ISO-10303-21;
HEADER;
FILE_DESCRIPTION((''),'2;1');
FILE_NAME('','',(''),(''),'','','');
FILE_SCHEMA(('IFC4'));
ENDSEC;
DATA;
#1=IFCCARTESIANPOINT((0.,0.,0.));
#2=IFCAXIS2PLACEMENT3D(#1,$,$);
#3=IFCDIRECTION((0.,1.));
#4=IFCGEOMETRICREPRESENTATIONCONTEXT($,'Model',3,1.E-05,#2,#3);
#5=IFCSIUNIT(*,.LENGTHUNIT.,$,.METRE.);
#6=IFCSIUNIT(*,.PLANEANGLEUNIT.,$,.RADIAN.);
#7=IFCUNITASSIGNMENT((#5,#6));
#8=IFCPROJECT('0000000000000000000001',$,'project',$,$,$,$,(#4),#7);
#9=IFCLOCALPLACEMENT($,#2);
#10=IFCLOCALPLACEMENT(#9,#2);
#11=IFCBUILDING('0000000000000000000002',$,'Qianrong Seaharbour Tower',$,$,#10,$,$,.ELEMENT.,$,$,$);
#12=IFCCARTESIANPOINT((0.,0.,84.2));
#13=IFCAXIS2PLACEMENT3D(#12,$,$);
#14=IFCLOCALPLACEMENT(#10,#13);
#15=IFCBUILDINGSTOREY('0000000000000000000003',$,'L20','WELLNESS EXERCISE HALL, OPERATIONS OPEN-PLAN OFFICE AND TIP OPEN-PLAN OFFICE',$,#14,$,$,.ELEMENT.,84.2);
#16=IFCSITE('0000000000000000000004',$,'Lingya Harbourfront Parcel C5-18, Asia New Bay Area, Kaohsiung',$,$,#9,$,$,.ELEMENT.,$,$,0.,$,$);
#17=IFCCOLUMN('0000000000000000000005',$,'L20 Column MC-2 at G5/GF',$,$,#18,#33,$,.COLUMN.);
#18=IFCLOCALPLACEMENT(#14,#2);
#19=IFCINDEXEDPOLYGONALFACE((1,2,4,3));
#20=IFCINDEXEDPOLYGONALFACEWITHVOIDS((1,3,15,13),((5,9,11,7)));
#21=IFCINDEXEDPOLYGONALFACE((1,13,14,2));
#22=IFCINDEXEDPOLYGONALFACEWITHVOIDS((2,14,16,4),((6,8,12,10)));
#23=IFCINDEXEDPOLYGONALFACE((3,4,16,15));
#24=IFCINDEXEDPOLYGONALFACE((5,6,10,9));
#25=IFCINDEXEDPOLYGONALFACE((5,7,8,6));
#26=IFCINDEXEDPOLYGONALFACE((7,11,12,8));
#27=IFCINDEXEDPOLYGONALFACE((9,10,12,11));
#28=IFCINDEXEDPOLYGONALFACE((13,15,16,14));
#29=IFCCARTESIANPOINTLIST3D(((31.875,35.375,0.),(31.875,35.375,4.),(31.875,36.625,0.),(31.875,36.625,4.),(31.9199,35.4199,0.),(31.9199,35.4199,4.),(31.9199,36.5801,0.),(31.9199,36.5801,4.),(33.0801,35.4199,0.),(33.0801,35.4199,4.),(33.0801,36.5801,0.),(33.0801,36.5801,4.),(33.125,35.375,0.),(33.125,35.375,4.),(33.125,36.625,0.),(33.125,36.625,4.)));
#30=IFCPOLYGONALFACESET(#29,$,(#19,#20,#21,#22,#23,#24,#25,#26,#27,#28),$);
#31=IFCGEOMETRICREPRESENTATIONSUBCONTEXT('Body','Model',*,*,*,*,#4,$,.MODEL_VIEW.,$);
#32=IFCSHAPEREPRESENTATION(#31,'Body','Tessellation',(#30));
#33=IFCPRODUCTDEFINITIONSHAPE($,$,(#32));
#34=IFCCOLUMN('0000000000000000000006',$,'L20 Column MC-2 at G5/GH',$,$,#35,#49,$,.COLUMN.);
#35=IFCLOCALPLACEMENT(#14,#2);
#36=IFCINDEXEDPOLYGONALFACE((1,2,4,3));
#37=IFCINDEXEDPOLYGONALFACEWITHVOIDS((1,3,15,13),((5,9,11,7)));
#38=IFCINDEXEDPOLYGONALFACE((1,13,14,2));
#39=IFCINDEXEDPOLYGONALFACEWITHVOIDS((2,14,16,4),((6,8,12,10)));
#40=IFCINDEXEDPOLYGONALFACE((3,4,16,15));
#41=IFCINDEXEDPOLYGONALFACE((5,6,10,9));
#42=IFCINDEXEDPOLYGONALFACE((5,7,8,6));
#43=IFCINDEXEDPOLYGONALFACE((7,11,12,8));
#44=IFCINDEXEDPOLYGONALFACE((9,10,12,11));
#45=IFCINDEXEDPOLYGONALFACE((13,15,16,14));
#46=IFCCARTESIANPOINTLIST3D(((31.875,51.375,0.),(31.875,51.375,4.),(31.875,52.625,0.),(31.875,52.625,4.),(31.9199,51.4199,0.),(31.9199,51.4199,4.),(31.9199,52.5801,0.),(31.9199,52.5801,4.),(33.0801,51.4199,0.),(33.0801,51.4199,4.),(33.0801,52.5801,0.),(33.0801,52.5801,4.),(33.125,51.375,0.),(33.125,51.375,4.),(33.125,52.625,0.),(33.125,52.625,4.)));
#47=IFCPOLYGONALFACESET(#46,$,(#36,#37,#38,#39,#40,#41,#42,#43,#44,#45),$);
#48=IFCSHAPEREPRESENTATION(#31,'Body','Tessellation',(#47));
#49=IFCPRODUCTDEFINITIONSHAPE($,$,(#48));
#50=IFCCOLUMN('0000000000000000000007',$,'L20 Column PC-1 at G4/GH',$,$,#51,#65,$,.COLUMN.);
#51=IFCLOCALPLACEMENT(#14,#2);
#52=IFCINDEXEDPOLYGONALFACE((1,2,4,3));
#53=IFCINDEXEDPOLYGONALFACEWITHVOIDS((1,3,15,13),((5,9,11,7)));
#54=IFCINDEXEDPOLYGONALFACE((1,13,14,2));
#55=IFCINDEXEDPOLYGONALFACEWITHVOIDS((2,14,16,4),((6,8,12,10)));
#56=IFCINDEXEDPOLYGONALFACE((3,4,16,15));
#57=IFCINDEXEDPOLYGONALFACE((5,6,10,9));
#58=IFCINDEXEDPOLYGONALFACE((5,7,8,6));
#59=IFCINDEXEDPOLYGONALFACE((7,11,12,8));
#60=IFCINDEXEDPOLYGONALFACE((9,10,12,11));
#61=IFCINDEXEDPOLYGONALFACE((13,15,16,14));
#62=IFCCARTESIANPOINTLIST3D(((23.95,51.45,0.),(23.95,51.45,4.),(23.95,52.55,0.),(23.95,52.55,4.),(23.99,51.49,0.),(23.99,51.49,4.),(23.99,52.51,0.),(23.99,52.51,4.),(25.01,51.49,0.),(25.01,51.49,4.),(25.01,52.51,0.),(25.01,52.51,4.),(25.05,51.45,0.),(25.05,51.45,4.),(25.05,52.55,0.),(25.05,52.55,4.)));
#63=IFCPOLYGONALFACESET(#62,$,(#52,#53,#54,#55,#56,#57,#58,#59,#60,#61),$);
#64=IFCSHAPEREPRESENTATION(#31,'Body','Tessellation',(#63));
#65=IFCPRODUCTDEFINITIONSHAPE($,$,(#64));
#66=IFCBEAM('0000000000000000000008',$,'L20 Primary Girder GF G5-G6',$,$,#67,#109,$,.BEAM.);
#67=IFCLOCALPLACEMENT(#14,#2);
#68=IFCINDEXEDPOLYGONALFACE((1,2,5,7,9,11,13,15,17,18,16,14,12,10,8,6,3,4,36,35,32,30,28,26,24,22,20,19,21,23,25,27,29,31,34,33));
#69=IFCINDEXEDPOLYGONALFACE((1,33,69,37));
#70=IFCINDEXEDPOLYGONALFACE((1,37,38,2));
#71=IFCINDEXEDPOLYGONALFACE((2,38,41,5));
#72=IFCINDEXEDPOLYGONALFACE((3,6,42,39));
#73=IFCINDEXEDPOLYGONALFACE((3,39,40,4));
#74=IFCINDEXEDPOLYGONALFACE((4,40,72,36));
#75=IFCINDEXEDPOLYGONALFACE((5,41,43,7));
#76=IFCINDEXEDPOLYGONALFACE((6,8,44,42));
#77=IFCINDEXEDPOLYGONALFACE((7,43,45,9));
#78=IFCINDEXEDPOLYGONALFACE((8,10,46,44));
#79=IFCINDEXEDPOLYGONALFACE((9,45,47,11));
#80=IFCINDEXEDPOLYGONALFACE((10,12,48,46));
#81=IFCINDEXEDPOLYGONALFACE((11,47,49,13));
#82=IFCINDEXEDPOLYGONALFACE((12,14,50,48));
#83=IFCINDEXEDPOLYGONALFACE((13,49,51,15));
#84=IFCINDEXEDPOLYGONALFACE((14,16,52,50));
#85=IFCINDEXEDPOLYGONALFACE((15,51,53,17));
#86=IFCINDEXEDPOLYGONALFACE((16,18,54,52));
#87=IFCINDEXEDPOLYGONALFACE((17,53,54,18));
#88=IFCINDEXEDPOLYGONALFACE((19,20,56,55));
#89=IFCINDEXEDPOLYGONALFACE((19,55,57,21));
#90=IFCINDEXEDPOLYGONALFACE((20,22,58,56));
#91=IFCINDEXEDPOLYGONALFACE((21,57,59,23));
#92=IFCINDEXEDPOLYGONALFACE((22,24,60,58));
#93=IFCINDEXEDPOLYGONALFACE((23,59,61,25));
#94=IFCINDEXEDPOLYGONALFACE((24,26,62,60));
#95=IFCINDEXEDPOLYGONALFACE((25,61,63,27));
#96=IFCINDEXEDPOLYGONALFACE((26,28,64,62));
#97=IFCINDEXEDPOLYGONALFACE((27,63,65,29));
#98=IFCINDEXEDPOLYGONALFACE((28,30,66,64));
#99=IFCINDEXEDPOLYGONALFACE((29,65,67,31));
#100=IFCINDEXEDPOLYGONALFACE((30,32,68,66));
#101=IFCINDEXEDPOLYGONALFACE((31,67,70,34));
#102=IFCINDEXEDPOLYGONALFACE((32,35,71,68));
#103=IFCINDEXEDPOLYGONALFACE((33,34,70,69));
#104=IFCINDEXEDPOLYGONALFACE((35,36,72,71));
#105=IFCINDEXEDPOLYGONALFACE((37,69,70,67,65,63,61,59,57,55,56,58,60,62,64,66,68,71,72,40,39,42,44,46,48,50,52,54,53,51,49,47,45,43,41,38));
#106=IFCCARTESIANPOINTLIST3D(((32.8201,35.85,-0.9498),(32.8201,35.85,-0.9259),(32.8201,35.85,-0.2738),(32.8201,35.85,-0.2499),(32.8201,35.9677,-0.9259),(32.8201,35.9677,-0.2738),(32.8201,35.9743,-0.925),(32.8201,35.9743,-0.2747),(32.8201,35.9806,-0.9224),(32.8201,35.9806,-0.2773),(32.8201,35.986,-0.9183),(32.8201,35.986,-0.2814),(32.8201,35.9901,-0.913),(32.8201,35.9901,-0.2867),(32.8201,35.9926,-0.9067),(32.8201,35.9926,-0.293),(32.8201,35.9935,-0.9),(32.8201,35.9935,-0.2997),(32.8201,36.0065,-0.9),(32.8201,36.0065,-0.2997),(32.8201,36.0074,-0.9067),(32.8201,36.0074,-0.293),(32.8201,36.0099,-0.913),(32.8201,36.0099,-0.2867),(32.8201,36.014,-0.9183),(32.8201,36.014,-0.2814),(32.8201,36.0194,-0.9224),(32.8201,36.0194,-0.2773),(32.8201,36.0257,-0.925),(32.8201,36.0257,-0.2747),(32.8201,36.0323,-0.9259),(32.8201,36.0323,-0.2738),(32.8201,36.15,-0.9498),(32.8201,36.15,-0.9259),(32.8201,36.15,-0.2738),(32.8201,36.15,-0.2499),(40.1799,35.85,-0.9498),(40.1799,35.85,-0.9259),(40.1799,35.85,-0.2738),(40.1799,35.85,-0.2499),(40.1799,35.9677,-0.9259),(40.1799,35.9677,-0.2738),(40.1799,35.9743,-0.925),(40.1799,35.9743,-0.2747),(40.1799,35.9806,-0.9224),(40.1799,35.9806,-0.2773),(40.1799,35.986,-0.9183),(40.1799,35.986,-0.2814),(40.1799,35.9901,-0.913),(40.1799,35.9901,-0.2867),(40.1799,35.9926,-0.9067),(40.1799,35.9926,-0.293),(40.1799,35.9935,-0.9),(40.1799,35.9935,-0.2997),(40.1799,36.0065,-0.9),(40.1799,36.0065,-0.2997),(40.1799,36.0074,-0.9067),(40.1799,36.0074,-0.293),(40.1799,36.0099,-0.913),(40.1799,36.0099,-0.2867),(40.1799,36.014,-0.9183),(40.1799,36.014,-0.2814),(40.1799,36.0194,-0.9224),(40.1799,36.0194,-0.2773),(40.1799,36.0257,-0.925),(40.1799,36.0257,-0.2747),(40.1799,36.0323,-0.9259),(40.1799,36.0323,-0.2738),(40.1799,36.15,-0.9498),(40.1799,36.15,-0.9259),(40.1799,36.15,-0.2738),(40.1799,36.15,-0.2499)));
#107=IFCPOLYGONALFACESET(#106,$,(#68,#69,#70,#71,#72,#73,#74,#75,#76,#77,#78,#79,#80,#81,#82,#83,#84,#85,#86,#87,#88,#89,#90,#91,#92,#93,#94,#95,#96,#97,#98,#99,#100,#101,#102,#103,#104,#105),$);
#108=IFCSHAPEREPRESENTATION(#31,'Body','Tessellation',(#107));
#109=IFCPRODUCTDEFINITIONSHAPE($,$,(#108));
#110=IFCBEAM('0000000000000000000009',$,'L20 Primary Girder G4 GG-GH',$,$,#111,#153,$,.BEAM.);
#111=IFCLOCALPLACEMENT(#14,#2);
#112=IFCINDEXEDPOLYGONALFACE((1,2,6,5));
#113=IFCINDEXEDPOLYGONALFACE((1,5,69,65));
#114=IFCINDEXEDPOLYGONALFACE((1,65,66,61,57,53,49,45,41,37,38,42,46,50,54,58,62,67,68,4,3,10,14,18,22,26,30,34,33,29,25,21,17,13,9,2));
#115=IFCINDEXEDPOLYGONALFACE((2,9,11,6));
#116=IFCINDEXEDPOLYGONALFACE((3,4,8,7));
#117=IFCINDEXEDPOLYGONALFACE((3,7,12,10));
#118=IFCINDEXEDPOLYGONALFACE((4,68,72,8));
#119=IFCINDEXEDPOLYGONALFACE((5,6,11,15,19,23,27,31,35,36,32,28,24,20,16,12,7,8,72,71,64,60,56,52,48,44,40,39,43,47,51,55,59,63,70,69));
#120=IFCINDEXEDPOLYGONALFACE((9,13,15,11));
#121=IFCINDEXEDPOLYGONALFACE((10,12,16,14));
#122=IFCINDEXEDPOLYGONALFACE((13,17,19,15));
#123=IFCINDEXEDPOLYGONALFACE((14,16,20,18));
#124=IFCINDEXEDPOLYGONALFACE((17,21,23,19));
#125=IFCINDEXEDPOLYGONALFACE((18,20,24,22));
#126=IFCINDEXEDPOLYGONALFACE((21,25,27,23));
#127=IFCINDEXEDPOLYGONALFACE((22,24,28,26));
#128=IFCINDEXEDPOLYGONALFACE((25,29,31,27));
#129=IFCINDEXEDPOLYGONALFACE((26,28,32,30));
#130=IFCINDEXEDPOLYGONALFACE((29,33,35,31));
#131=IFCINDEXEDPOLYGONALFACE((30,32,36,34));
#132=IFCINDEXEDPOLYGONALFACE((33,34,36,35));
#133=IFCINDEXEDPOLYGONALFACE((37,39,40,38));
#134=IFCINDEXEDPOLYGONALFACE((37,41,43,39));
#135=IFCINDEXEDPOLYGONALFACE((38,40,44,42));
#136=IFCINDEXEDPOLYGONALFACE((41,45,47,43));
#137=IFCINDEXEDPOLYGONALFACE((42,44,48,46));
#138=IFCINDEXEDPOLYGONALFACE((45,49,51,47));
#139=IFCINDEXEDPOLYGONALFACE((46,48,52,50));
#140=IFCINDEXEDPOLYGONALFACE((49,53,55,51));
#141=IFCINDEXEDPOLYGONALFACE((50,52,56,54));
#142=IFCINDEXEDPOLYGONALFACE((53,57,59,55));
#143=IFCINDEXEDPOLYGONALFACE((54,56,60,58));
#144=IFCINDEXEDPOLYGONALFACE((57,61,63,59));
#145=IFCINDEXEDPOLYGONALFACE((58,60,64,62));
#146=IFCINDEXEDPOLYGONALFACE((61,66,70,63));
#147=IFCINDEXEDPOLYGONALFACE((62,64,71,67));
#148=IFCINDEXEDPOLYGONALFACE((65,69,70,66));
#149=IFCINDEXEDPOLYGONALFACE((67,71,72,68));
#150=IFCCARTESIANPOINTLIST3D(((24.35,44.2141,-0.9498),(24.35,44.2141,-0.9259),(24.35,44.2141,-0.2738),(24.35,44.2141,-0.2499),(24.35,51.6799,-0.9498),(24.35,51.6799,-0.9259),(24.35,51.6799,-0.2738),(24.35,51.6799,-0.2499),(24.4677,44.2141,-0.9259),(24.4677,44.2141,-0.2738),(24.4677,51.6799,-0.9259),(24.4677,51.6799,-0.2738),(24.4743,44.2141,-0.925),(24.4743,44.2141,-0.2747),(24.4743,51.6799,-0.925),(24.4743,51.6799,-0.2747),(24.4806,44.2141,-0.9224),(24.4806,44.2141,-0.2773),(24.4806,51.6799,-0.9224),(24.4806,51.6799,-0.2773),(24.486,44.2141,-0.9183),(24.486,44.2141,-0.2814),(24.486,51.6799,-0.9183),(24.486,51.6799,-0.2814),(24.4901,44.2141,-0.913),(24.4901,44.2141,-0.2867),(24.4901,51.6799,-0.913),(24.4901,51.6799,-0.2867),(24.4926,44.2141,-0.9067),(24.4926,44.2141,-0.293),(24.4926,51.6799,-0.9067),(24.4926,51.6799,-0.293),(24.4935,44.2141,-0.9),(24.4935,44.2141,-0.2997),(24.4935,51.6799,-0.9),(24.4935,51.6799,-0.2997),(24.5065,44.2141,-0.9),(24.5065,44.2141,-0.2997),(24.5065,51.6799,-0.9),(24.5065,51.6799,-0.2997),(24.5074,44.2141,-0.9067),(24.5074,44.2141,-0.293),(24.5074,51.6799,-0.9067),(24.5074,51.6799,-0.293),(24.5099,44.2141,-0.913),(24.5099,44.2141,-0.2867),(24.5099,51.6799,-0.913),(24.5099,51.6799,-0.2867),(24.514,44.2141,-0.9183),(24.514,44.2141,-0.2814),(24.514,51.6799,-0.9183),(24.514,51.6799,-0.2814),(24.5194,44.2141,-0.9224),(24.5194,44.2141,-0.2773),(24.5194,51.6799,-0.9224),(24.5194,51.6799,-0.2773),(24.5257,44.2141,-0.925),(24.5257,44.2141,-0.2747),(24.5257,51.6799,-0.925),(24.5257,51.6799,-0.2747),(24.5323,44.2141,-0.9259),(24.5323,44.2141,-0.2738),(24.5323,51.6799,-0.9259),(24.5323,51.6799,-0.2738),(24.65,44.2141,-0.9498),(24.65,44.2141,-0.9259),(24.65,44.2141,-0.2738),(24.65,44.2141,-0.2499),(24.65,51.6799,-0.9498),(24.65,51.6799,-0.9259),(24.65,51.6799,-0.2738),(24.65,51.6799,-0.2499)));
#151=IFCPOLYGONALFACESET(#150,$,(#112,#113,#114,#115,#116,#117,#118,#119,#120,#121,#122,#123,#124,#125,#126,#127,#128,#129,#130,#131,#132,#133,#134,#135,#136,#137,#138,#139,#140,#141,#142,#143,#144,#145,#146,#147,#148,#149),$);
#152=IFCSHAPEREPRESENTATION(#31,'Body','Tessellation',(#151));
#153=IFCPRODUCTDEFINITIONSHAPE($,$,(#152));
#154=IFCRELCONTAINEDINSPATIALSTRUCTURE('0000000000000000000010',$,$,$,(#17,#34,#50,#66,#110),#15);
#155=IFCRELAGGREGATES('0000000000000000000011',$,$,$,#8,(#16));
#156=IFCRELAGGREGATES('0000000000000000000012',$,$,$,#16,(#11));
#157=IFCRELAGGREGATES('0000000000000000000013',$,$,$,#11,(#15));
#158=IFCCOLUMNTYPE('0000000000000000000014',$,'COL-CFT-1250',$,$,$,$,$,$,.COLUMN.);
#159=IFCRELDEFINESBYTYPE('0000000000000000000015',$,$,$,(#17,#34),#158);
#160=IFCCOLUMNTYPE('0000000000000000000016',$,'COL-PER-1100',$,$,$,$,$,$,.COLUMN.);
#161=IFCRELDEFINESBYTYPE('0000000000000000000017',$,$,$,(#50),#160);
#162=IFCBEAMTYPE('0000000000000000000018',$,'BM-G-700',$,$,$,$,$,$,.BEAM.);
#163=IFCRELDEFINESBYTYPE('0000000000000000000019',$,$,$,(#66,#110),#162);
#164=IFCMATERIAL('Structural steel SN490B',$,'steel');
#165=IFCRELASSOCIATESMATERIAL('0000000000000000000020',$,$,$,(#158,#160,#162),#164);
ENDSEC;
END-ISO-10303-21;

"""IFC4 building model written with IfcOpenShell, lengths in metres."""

from ifc_helpers import new_model, si_unit, direction, frame, origin, origin_2d, place, context, subcontext, project, spatial, hollow_rectangle, i_section, extrude, material, material_profile, profile_set, type_object, element, save


model = new_model("IFC4")

# Units and contexts
model_context = context("Model", 3, precision=1e-05, world=origin(), true_north=direction((0.0, 1.0)))
body_context = subcontext(model_context, "Body", "Model", "MODEL_VIEW")
ifc_project = project(units=[si_unit("LENGTHUNIT", "METRE"), si_unit("PLANEANGLEUNIT", "RADIAN")], contexts=[model_context])

# Site, building, storey
site_placement = place(None, origin())
site = spatial("IfcSite", under=ifc_project, at=site_placement, Name="Lingya Harbourfront Parcel C5-18, Asia New Bay Area, Kaohsiung", CompositionType="ELEMENT", RefElevation=0.0)
building_placement = place(site_placement, origin())
building = spatial("IfcBuilding", under=site, at=building_placement, Name="Qianrong Seaharbour Tower", CompositionType="ELEMENT")
storey_placement = place(building_placement, frame((0.0, 0.0, 84.2)))
storey = spatial("IfcBuildingStorey", under=building, at=storey_placement, Name="L20", Description="WELLNESS EXERCISE HALL, OPERATIONS OPEN-PLAN OFFICE AND TIP OPEN-PLAN OFFICE", CompositionType="ELEMENT", Elevation=84.2)

# Columns
ifc_material_1 = material(Name="Structural steel SN490B", Category="steel")
ifc_material_profile_1 = material_profile(ifc_material_1, hollow_rectangle(XDim=1.25, YDim=1.25, WallThickness=0.0449, at=origin_2d()), Name="BOX1250x1250x45")
ifc_profile_set_1 = profile_set([ifc_material_profile_1], Name="Structural steel SN490B")
column_type_1 = type_object("IfcColumnType", Name="COL-CFT-1250", PredefinedType="COLUMN", material=ifc_profile_set_1)
for number, where, z_axis, x_axis, name in (
    (1, (32.5, 36.0, 0.0), (0.0, 0.0, 1.0), (1.0, 0.0, 0.0), "L20 Column MC-2 at G5/GF"),
    (2, (32.5, 52.0, 0.0), (0.0, 0.0, 1.0), (1.0, 0.0, 0.0), "L20 Column MC-2 at G5/GH"),
):
    element("IfcColumn", number, at=place(storey_placement, frame(where, z_axis=z_axis, x_axis=x_axis)), inside=storey, type_object=column_type_1, Name=name, PredefinedType="COLUMN", context=body_context, shape_type="SweptSolid", body=[
        extrude(hollow_rectangle(XDim=1.25, YDim=1.25, WallThickness=0.0449, at=origin_2d()), origin(), (0.0, 0.0, 1.0), 4.0),
    ])
ifc_material_profile_2 = material_profile(ifc_material_1, hollow_rectangle(XDim=1.1001, YDim=1.1001, WallThickness=0.04, at=origin_2d()), Name="BOX1100x1100x40")
ifc_profile_set_2 = profile_set([ifc_material_profile_2], Name="Structural steel SN490B")
column_type_2 = type_object("IfcColumnType", Name="COL-PER-1100", PredefinedType="COLUMN", material=ifc_profile_set_2)
column_placement = place(storey_placement, frame((24.5, 52.0, 0.0), z_axis=(0.0, 0.0, 1.0), x_axis=(1.0, 0.0, 0.0)))
element("IfcColumn", 3, at=column_placement, inside=storey, type_object=column_type_2, Name="L20 Column PC-1 at G4/GH", PredefinedType="COLUMN", context=body_context, shape_type="SweptSolid", body=[
    extrude(hollow_rectangle(XDim=1.1001, YDim=1.1001, WallThickness=0.04, at=origin_2d()), origin(), (0.0, 0.0, 1.0), 4.0),
])

# Beams
ifc_material_profile_3 = material_profile(ifc_material_1, i_section(OverallWidth=0.3, OverallDepth=0.7, WebThickness=0.0129, FlangeThickness=0.0239, FilletRadius=0.0259, at=origin_2d()), Name="H700x300x13x24")
ifc_profile_set_3 = profile_set([ifc_material_profile_3], Name="Structural steel SN490B")
beam_type_1 = type_object("IfcBeamType", Name="BM-G-700", PredefinedType="BEAM", material=ifc_profile_set_3)
beam_1_placement = place(storey_placement, frame((32.8201, 36.0, -0.5999), z_axis=(1.0, 0.0, 0.0), x_axis=(0.0, 1.0, 0.0)))
element("IfcBeam", 4, at=beam_1_placement, inside=storey, type_object=beam_type_1, Name="L20 Primary Girder GF G5-G6", PredefinedType="BEAM", context=body_context, shape_type="SweptSolid", body=[
    extrude(i_section(OverallWidth=0.3, OverallDepth=0.7, WebThickness=0.0129, FlangeThickness=0.0239, FilletRadius=0.0259, at=origin_2d()), origin(), (0.0, 0.0, 1.0), 7.3599),
])
beam_2_placement = place(storey_placement, frame((24.5, 44.2141, -0.5999), z_axis=(0.0, 1.0, 0.0), x_axis=(-1.0, 0.0, 0.0)))
element("IfcBeam", 5, at=beam_2_placement, inside=storey, type_object=beam_type_1, Name="L20 Primary Girder G4 GG-GH", PredefinedType="BEAM", context=body_context, shape_type="SweptSolid", body=[
    extrude(i_section(OverallWidth=0.3, OverallDepth=0.7, WebThickness=0.0129, FlangeThickness=0.0239, FilletRadius=0.0259, at=origin_2d()), origin(), (0.0, 0.0, 1.0), 7.4658),
])

save(model, "model.ifc")
